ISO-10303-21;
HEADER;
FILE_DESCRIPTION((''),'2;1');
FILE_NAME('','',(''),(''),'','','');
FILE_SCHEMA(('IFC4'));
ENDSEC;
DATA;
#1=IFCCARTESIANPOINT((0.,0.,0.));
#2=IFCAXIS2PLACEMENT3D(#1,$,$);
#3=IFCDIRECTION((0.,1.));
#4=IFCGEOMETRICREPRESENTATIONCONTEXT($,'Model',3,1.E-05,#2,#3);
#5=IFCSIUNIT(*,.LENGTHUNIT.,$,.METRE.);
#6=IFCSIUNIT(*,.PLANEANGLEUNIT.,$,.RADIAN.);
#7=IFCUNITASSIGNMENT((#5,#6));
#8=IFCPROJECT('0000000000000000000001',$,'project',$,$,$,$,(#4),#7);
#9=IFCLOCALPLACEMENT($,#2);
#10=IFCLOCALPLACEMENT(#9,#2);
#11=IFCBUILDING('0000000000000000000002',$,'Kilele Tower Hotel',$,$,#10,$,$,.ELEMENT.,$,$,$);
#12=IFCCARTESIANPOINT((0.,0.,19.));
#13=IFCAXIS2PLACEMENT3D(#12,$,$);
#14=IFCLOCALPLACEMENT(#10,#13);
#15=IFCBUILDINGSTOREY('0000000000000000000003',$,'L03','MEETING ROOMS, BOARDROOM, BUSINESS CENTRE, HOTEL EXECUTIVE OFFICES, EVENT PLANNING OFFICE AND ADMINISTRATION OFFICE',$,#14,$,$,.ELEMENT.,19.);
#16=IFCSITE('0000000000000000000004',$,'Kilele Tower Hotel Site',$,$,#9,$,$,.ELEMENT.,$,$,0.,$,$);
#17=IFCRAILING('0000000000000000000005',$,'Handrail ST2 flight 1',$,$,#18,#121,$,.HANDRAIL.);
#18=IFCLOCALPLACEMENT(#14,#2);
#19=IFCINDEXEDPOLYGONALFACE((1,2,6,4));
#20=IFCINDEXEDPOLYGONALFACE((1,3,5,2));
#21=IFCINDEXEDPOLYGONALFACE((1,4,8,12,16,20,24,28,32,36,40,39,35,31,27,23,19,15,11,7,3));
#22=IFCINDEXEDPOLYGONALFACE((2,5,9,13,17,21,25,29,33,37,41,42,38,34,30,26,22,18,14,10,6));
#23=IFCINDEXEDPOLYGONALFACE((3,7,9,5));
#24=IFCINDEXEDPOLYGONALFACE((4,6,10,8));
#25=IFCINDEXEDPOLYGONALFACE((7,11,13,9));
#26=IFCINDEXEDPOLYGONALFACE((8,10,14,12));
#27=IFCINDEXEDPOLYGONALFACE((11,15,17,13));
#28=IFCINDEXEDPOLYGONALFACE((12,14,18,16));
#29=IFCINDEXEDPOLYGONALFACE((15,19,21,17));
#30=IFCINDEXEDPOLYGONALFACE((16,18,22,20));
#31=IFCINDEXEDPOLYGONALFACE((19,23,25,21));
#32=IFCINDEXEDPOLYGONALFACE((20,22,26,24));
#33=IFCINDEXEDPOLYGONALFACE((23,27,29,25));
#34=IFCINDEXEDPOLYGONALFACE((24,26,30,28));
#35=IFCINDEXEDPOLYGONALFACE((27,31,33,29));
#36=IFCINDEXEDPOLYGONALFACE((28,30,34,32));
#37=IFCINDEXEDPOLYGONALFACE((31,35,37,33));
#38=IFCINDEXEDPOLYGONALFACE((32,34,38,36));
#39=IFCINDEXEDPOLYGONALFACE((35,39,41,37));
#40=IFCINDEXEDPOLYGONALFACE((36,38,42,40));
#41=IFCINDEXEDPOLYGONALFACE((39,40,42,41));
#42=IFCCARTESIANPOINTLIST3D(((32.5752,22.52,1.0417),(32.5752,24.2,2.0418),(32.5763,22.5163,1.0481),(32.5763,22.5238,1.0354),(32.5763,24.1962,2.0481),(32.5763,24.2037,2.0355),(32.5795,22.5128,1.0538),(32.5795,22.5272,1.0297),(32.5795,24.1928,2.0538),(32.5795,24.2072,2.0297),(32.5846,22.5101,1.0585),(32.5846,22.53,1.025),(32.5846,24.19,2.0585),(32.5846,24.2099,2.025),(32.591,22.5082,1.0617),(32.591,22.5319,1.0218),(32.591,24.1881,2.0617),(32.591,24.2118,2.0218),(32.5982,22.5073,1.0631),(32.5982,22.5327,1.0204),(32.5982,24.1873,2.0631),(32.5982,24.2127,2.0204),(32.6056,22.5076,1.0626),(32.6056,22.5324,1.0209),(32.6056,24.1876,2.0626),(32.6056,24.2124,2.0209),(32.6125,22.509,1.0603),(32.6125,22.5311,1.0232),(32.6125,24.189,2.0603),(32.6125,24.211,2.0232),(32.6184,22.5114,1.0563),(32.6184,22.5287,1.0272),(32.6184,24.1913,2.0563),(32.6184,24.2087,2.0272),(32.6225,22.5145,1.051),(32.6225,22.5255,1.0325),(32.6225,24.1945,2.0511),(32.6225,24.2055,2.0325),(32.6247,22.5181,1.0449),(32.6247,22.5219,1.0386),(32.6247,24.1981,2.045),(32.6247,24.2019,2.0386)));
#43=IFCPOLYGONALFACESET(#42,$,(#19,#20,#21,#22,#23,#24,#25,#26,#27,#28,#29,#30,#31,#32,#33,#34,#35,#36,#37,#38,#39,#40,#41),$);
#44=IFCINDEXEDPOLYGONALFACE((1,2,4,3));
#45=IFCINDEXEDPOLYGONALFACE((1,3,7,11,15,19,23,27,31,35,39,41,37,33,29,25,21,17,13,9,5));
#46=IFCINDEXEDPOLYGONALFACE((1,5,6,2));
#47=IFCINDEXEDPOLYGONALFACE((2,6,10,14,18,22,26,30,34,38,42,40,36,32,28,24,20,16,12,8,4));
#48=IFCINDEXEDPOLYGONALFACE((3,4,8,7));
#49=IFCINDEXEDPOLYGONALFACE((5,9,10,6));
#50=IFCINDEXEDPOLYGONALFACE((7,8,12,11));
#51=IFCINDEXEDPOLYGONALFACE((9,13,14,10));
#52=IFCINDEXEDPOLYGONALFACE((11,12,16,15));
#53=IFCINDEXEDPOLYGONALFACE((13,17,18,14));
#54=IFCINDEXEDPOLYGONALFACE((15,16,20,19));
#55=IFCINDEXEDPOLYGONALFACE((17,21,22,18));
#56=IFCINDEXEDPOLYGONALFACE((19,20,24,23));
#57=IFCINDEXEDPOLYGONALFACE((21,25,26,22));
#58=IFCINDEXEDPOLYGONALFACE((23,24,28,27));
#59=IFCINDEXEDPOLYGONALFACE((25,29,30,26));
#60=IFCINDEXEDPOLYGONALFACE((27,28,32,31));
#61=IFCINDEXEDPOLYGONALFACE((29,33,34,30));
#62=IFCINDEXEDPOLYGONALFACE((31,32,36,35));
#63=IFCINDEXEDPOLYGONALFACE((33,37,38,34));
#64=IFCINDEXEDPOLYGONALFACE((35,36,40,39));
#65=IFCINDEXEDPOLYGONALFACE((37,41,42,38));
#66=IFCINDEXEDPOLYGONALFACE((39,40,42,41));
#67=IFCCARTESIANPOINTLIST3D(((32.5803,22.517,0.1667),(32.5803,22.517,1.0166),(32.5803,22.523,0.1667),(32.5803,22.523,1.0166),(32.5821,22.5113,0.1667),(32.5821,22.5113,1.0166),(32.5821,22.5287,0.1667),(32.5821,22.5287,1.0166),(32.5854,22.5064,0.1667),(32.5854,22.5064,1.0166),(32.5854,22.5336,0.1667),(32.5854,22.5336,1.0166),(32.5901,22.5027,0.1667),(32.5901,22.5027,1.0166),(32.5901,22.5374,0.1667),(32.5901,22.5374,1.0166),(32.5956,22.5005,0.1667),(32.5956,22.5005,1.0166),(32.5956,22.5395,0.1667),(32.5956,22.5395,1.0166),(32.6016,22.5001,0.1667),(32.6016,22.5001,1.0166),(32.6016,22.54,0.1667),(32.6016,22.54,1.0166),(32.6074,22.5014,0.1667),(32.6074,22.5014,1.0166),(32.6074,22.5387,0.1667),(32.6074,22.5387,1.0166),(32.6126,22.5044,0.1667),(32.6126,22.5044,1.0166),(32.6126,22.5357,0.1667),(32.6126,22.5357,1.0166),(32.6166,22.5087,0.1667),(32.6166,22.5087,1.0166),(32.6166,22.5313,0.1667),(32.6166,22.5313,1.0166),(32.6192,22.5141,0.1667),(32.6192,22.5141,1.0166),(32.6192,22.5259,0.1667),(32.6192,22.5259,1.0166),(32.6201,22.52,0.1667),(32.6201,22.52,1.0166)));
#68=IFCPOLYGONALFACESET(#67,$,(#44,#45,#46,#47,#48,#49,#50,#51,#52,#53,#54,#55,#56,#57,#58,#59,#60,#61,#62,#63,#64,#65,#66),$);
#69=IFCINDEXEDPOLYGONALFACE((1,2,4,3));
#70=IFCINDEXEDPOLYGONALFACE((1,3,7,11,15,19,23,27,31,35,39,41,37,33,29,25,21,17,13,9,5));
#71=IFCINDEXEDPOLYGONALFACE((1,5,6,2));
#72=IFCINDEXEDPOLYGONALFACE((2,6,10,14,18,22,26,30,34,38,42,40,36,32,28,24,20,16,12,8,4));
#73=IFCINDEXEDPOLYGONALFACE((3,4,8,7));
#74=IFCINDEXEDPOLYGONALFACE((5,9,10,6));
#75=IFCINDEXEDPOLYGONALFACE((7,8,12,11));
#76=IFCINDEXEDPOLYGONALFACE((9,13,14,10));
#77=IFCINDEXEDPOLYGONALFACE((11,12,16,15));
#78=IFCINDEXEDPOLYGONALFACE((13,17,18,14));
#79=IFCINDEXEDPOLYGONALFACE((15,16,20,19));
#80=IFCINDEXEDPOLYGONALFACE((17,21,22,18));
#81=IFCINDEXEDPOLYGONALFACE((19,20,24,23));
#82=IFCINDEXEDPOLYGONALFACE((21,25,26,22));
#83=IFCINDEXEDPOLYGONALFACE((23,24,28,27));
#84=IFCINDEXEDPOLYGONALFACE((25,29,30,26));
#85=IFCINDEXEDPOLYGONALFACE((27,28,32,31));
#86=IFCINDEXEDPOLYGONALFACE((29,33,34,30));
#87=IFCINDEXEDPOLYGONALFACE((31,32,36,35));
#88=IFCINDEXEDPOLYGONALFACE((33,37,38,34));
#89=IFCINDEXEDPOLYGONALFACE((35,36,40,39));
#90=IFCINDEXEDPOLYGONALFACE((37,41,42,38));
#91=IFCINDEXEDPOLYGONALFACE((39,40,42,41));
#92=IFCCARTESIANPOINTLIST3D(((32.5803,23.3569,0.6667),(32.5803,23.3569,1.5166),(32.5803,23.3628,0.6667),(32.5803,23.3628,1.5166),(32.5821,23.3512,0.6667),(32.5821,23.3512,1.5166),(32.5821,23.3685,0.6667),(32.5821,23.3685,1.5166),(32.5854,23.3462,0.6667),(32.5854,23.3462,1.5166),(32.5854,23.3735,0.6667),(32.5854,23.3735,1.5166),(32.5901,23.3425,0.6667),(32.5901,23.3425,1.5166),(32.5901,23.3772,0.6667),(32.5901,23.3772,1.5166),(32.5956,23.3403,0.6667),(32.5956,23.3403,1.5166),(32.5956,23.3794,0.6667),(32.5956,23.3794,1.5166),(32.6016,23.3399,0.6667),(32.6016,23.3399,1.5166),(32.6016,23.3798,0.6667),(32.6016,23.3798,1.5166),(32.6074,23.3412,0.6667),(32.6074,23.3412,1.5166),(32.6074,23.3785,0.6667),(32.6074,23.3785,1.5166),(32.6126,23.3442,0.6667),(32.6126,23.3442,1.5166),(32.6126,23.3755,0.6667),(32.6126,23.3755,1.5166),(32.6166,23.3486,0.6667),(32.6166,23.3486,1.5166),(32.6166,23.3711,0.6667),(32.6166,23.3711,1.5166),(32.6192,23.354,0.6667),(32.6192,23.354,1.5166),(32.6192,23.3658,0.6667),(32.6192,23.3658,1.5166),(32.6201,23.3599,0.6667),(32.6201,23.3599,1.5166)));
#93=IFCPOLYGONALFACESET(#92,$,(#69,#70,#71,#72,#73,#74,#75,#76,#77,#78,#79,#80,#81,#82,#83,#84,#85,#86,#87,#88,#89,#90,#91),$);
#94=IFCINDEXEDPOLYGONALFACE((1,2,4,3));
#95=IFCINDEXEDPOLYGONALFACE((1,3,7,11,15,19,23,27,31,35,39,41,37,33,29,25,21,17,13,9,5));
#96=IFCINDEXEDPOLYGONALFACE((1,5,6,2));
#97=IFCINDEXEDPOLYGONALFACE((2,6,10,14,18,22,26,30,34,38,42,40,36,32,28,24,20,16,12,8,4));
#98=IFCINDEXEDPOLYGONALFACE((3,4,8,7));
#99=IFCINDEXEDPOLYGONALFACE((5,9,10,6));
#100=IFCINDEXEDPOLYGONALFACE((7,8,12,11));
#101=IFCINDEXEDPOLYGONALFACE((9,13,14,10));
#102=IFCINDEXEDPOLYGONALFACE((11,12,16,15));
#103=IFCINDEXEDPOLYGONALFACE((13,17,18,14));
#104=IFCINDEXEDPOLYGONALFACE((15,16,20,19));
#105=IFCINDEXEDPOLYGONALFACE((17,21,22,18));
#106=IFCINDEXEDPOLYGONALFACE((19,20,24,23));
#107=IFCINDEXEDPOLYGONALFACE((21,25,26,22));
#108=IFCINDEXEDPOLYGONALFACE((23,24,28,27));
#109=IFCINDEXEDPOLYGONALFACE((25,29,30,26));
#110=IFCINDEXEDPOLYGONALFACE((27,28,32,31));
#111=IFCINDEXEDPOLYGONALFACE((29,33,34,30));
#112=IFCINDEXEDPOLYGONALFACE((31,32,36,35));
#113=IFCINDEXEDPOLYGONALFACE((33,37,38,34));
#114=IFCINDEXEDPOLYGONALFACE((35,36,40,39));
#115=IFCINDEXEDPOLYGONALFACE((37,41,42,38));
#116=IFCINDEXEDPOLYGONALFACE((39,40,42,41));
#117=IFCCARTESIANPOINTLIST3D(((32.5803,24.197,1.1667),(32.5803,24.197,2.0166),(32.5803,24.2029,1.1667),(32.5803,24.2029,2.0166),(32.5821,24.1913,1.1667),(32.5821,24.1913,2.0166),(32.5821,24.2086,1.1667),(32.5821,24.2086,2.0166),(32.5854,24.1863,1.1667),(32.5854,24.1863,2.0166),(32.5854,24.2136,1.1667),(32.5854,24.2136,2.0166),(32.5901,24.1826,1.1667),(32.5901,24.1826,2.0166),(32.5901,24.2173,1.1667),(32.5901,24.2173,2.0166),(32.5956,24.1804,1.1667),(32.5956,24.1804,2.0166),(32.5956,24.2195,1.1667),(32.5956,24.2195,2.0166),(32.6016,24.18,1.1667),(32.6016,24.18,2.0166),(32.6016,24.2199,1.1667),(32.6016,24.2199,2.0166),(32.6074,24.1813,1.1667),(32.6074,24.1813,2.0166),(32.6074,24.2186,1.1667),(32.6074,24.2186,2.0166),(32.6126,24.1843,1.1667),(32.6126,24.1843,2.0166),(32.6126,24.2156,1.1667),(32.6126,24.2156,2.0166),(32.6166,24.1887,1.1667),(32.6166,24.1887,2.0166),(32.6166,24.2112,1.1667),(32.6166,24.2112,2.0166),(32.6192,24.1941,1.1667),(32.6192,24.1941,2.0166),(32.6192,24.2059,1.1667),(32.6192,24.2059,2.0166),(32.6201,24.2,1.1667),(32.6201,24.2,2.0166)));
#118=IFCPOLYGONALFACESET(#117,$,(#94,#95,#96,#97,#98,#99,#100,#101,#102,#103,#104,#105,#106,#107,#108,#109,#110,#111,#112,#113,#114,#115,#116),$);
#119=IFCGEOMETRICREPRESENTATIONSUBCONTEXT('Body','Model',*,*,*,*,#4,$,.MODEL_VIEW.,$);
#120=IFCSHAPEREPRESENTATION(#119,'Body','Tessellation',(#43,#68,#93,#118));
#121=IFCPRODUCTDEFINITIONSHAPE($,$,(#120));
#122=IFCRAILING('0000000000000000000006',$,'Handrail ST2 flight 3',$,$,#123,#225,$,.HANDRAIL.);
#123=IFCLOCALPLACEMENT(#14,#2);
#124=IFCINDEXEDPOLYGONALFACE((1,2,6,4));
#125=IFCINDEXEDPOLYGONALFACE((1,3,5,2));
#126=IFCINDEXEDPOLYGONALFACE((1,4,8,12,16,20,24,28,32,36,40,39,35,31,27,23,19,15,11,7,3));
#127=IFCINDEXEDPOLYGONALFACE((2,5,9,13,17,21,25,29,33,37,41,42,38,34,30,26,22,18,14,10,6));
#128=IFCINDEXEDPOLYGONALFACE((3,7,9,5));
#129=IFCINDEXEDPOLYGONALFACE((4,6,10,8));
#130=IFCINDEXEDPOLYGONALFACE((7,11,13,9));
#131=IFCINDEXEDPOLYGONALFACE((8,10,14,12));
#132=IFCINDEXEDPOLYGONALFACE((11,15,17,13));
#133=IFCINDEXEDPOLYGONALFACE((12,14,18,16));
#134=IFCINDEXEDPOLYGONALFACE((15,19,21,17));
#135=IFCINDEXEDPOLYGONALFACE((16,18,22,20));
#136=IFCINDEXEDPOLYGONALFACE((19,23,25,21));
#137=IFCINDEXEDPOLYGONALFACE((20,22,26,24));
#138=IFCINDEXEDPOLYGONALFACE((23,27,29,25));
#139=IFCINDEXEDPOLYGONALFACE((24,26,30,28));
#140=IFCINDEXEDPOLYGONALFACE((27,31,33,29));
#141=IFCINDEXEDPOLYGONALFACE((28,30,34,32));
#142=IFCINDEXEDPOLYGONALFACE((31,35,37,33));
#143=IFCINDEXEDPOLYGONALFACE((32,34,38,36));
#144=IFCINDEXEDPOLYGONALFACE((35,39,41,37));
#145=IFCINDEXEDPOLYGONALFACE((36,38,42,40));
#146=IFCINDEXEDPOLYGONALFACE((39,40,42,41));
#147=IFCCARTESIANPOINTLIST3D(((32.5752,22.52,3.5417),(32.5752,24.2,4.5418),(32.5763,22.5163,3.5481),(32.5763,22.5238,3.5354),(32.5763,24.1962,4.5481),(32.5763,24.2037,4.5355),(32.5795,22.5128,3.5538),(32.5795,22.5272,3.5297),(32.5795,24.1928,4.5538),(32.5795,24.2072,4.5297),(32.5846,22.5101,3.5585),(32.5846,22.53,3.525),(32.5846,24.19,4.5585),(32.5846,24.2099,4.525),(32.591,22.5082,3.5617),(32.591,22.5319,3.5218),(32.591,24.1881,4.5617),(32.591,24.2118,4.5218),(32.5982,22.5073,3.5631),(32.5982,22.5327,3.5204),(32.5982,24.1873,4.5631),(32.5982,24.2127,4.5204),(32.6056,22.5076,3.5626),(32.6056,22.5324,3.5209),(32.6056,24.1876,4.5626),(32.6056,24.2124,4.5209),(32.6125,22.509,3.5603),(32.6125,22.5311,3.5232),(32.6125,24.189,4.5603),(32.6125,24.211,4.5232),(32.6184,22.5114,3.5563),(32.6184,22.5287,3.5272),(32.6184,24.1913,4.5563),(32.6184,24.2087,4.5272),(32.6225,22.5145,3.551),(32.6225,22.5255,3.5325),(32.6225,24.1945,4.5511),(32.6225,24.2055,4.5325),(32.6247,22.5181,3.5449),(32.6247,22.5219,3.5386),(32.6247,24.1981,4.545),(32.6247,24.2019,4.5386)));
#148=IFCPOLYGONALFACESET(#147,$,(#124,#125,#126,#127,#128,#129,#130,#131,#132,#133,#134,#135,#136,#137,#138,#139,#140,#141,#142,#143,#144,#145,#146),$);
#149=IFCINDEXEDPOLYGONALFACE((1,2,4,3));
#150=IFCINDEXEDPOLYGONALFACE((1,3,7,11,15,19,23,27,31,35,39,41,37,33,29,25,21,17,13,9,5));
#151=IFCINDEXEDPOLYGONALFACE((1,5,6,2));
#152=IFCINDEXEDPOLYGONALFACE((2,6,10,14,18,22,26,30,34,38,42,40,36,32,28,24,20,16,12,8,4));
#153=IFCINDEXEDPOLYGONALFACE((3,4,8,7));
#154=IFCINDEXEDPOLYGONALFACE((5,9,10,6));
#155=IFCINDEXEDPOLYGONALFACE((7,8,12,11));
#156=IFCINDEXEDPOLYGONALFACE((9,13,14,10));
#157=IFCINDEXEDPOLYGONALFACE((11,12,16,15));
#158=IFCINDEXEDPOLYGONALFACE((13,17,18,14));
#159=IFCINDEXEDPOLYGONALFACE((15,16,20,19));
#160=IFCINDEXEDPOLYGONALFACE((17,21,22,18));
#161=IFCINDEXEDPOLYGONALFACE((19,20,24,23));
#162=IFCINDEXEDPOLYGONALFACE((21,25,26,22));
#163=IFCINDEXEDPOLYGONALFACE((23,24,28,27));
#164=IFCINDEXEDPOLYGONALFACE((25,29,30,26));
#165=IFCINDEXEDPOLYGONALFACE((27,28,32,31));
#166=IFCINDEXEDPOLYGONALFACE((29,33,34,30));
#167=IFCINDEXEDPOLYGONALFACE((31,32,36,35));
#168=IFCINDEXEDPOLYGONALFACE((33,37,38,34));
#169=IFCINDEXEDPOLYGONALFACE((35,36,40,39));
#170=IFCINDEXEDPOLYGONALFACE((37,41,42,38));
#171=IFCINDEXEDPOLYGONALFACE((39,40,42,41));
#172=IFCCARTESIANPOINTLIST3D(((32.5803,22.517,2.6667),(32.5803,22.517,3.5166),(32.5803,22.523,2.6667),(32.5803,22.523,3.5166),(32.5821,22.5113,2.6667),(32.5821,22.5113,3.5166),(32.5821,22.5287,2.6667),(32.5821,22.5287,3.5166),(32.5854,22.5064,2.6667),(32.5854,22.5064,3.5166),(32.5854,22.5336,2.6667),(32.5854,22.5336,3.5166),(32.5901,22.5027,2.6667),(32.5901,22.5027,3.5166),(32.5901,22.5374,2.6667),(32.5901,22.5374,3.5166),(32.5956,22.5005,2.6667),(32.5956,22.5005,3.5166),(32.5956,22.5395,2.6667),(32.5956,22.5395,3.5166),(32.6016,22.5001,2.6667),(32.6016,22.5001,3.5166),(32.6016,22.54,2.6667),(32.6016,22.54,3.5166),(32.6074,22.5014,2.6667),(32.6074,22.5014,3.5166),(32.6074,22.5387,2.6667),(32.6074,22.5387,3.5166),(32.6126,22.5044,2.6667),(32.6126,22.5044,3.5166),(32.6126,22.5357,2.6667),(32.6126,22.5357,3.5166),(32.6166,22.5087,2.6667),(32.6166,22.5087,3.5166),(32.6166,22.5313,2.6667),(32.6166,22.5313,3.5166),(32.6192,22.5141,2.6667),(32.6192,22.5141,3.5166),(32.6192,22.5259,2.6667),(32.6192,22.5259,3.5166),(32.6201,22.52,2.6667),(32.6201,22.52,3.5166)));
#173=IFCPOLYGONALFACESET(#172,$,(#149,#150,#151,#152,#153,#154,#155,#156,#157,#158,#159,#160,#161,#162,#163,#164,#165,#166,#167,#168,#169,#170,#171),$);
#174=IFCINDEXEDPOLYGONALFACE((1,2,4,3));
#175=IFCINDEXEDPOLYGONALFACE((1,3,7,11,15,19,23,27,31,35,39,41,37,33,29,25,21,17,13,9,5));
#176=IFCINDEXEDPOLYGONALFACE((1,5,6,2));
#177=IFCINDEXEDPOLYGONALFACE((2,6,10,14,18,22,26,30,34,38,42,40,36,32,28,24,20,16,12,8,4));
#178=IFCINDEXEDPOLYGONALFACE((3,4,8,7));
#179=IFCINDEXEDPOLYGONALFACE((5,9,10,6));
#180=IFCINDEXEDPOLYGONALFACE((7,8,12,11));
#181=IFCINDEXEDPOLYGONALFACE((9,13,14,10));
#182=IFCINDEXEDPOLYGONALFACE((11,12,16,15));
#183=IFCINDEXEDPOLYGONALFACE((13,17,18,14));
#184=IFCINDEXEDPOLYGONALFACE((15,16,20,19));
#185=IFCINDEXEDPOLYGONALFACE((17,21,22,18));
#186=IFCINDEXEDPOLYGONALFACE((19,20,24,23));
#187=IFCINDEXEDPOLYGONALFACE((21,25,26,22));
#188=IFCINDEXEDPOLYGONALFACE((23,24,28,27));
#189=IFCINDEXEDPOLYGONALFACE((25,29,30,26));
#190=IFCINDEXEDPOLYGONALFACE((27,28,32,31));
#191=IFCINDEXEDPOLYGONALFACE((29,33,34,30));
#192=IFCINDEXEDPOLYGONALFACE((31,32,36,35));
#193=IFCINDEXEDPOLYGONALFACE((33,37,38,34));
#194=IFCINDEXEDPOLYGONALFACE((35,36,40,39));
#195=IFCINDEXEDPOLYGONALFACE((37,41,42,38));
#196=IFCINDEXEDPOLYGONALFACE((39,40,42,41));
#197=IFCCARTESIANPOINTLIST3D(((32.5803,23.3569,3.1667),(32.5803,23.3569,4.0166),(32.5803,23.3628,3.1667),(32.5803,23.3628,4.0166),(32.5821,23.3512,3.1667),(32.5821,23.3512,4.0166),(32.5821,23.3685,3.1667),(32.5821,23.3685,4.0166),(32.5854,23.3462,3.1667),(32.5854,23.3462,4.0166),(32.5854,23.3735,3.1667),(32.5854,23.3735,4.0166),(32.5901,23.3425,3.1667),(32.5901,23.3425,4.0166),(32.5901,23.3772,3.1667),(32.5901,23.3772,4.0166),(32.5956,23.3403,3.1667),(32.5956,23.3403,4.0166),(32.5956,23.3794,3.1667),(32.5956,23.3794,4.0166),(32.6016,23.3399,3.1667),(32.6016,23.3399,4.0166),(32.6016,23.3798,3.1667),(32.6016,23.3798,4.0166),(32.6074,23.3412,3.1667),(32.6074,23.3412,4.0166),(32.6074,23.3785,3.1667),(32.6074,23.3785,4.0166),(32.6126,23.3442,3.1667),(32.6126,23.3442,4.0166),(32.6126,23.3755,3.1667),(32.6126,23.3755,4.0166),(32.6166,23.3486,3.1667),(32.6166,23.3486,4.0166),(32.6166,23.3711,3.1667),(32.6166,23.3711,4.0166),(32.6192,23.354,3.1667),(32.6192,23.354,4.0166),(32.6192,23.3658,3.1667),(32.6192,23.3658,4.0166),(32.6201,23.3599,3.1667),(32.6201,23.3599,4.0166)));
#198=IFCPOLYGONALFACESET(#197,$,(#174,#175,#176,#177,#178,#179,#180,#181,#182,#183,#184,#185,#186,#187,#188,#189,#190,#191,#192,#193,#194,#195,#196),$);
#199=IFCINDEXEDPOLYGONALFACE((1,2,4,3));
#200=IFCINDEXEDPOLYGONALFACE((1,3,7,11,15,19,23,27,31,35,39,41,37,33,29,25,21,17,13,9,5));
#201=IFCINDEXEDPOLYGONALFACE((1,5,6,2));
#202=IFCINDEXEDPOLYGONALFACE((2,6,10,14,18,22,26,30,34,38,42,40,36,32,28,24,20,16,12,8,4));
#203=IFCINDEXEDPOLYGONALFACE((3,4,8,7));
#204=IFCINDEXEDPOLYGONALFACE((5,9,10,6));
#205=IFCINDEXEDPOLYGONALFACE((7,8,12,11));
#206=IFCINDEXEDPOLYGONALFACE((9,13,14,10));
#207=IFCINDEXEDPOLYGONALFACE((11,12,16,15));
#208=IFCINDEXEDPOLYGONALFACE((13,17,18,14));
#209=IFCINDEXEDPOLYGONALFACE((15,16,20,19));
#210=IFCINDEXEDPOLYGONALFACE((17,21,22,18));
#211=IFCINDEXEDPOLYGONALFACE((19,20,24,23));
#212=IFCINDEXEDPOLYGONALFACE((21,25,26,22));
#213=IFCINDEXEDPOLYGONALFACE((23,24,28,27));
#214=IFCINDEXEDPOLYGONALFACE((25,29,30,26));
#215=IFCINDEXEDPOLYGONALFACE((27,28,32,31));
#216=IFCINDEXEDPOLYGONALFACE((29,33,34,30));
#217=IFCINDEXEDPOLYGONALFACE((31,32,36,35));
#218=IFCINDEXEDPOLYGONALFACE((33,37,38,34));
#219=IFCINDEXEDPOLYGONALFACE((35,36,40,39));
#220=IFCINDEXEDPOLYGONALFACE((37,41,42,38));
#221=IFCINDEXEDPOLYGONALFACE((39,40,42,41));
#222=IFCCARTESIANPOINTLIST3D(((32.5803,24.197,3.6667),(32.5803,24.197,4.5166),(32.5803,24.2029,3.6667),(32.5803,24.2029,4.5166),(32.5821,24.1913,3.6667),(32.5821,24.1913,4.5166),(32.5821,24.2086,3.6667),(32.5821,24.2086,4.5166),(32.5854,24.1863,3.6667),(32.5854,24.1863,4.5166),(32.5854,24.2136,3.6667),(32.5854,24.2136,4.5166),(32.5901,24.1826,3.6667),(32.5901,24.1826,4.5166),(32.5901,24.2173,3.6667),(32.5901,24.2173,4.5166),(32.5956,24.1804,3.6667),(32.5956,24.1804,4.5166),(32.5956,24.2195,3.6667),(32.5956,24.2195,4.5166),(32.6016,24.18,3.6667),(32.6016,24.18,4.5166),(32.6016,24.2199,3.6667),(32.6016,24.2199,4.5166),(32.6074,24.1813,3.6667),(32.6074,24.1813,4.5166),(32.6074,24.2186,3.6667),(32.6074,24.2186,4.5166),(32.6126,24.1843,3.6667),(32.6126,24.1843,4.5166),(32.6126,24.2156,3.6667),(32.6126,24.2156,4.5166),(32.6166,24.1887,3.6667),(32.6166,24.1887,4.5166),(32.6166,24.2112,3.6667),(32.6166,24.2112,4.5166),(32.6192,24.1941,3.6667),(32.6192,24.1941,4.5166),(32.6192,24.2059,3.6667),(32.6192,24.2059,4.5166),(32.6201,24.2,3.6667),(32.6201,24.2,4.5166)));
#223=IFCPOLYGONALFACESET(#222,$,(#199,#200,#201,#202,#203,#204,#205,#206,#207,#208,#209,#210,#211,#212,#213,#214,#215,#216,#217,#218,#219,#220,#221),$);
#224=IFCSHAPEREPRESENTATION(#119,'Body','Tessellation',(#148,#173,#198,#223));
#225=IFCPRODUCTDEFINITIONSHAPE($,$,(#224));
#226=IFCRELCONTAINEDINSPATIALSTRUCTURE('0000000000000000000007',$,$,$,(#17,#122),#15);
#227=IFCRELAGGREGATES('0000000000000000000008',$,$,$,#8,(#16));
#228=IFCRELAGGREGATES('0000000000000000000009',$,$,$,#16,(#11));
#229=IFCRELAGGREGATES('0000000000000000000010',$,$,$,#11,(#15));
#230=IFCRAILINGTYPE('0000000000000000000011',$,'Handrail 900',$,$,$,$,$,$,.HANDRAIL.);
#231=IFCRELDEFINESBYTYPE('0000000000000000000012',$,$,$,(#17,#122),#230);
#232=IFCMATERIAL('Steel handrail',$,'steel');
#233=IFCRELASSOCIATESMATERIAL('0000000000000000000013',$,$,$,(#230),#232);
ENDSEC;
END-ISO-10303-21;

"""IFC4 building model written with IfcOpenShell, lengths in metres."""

from ifc_helpers import new_model, si_unit, direction, frame, origin, origin_2d, place, context, subcontext, project, spatial, circle, extrude, material, type_object, element, save


model = new_model("IFC4")

# Units and contexts
model_context = context("Model", 3, precision=1e-05, world=origin(), true_north=direction((0.0, 1.0)))
body_context = subcontext(model_context, "Body", "Model", "MODEL_VIEW")
ifc_project = project(units=[si_unit("LENGTHUNIT", "METRE"), si_unit("PLANEANGLEUNIT", "RADIAN")], contexts=[model_context])

# Site, building, storey
site_placement = place(None, origin())
site = spatial("IfcSite", under=ifc_project, at=site_placement, Name="Kilele Tower Hotel Site", CompositionType="ELEMENT", RefElevation=0.0)
building_placement = place(site_placement, origin())
building = spatial("IfcBuilding", under=site, at=building_placement, Name="Kilele Tower Hotel", CompositionType="ELEMENT")
storey_placement = place(building_placement, frame((0.0, 0.0, 19.0)))
storey = spatial("IfcBuildingStorey", under=building, at=storey_placement, Name="L03", Description="MEETING ROOMS, BOARDROOM, BUSINESS CENTRE, HOTEL EXECUTIVE OFFICES, EVENT PLANNING OFFICE AND ADMINISTRATION OFFICE", CompositionType="ELEMENT", Elevation=19.0)

# Railings
ifc_material_1 = material(Name="Steel handrail", Category="steel")
railing_type_1 = type_object("IfcRailingType", Name="Handrail 900", PredefinedType="HANDRAIL", material=ifc_material_1)
for number, where, name in (
    (1, (32.6001, 22.52, 0.1667), "Handrail ST2 flight 1"),
    (2, (32.6001, 22.52, 2.6667), "Handrail ST2 flight 3"),
):
    element("IfcRailing", number, at=place(storey_placement, frame(where)), inside=storey, type_object=railing_type_1, Name=name, PredefinedType="HANDRAIL", context=body_context, shape_type="SweptSolid", body=[
        extrude(circle(Radius=0.0249, at=origin_2d()), frame((0.0, 0.0, 0.875), z_axis=(0.0, 0.859284, 0.511499), x_axis=(-1.0, 0.0, 0.0)), (0.0, 0.0, 1.0), 1.9551),
        extrude(circle(Radius=0.02, at=origin_2d()), origin(), (0.0, 0.0, 1.0), 0.8499),
        extrude(circle(Radius=0.02, at=origin_2d()), frame((0.0, 0.8398, 0.5)), (0.0, 0.0, 1.0), 0.8499),
        extrude(circle(Radius=0.02, at=origin_2d()), frame((0.0, 1.6799, 1.0)), (0.0, 0.0, 1.0), 0.8499),
    ])

save(model, "model.ifc")
